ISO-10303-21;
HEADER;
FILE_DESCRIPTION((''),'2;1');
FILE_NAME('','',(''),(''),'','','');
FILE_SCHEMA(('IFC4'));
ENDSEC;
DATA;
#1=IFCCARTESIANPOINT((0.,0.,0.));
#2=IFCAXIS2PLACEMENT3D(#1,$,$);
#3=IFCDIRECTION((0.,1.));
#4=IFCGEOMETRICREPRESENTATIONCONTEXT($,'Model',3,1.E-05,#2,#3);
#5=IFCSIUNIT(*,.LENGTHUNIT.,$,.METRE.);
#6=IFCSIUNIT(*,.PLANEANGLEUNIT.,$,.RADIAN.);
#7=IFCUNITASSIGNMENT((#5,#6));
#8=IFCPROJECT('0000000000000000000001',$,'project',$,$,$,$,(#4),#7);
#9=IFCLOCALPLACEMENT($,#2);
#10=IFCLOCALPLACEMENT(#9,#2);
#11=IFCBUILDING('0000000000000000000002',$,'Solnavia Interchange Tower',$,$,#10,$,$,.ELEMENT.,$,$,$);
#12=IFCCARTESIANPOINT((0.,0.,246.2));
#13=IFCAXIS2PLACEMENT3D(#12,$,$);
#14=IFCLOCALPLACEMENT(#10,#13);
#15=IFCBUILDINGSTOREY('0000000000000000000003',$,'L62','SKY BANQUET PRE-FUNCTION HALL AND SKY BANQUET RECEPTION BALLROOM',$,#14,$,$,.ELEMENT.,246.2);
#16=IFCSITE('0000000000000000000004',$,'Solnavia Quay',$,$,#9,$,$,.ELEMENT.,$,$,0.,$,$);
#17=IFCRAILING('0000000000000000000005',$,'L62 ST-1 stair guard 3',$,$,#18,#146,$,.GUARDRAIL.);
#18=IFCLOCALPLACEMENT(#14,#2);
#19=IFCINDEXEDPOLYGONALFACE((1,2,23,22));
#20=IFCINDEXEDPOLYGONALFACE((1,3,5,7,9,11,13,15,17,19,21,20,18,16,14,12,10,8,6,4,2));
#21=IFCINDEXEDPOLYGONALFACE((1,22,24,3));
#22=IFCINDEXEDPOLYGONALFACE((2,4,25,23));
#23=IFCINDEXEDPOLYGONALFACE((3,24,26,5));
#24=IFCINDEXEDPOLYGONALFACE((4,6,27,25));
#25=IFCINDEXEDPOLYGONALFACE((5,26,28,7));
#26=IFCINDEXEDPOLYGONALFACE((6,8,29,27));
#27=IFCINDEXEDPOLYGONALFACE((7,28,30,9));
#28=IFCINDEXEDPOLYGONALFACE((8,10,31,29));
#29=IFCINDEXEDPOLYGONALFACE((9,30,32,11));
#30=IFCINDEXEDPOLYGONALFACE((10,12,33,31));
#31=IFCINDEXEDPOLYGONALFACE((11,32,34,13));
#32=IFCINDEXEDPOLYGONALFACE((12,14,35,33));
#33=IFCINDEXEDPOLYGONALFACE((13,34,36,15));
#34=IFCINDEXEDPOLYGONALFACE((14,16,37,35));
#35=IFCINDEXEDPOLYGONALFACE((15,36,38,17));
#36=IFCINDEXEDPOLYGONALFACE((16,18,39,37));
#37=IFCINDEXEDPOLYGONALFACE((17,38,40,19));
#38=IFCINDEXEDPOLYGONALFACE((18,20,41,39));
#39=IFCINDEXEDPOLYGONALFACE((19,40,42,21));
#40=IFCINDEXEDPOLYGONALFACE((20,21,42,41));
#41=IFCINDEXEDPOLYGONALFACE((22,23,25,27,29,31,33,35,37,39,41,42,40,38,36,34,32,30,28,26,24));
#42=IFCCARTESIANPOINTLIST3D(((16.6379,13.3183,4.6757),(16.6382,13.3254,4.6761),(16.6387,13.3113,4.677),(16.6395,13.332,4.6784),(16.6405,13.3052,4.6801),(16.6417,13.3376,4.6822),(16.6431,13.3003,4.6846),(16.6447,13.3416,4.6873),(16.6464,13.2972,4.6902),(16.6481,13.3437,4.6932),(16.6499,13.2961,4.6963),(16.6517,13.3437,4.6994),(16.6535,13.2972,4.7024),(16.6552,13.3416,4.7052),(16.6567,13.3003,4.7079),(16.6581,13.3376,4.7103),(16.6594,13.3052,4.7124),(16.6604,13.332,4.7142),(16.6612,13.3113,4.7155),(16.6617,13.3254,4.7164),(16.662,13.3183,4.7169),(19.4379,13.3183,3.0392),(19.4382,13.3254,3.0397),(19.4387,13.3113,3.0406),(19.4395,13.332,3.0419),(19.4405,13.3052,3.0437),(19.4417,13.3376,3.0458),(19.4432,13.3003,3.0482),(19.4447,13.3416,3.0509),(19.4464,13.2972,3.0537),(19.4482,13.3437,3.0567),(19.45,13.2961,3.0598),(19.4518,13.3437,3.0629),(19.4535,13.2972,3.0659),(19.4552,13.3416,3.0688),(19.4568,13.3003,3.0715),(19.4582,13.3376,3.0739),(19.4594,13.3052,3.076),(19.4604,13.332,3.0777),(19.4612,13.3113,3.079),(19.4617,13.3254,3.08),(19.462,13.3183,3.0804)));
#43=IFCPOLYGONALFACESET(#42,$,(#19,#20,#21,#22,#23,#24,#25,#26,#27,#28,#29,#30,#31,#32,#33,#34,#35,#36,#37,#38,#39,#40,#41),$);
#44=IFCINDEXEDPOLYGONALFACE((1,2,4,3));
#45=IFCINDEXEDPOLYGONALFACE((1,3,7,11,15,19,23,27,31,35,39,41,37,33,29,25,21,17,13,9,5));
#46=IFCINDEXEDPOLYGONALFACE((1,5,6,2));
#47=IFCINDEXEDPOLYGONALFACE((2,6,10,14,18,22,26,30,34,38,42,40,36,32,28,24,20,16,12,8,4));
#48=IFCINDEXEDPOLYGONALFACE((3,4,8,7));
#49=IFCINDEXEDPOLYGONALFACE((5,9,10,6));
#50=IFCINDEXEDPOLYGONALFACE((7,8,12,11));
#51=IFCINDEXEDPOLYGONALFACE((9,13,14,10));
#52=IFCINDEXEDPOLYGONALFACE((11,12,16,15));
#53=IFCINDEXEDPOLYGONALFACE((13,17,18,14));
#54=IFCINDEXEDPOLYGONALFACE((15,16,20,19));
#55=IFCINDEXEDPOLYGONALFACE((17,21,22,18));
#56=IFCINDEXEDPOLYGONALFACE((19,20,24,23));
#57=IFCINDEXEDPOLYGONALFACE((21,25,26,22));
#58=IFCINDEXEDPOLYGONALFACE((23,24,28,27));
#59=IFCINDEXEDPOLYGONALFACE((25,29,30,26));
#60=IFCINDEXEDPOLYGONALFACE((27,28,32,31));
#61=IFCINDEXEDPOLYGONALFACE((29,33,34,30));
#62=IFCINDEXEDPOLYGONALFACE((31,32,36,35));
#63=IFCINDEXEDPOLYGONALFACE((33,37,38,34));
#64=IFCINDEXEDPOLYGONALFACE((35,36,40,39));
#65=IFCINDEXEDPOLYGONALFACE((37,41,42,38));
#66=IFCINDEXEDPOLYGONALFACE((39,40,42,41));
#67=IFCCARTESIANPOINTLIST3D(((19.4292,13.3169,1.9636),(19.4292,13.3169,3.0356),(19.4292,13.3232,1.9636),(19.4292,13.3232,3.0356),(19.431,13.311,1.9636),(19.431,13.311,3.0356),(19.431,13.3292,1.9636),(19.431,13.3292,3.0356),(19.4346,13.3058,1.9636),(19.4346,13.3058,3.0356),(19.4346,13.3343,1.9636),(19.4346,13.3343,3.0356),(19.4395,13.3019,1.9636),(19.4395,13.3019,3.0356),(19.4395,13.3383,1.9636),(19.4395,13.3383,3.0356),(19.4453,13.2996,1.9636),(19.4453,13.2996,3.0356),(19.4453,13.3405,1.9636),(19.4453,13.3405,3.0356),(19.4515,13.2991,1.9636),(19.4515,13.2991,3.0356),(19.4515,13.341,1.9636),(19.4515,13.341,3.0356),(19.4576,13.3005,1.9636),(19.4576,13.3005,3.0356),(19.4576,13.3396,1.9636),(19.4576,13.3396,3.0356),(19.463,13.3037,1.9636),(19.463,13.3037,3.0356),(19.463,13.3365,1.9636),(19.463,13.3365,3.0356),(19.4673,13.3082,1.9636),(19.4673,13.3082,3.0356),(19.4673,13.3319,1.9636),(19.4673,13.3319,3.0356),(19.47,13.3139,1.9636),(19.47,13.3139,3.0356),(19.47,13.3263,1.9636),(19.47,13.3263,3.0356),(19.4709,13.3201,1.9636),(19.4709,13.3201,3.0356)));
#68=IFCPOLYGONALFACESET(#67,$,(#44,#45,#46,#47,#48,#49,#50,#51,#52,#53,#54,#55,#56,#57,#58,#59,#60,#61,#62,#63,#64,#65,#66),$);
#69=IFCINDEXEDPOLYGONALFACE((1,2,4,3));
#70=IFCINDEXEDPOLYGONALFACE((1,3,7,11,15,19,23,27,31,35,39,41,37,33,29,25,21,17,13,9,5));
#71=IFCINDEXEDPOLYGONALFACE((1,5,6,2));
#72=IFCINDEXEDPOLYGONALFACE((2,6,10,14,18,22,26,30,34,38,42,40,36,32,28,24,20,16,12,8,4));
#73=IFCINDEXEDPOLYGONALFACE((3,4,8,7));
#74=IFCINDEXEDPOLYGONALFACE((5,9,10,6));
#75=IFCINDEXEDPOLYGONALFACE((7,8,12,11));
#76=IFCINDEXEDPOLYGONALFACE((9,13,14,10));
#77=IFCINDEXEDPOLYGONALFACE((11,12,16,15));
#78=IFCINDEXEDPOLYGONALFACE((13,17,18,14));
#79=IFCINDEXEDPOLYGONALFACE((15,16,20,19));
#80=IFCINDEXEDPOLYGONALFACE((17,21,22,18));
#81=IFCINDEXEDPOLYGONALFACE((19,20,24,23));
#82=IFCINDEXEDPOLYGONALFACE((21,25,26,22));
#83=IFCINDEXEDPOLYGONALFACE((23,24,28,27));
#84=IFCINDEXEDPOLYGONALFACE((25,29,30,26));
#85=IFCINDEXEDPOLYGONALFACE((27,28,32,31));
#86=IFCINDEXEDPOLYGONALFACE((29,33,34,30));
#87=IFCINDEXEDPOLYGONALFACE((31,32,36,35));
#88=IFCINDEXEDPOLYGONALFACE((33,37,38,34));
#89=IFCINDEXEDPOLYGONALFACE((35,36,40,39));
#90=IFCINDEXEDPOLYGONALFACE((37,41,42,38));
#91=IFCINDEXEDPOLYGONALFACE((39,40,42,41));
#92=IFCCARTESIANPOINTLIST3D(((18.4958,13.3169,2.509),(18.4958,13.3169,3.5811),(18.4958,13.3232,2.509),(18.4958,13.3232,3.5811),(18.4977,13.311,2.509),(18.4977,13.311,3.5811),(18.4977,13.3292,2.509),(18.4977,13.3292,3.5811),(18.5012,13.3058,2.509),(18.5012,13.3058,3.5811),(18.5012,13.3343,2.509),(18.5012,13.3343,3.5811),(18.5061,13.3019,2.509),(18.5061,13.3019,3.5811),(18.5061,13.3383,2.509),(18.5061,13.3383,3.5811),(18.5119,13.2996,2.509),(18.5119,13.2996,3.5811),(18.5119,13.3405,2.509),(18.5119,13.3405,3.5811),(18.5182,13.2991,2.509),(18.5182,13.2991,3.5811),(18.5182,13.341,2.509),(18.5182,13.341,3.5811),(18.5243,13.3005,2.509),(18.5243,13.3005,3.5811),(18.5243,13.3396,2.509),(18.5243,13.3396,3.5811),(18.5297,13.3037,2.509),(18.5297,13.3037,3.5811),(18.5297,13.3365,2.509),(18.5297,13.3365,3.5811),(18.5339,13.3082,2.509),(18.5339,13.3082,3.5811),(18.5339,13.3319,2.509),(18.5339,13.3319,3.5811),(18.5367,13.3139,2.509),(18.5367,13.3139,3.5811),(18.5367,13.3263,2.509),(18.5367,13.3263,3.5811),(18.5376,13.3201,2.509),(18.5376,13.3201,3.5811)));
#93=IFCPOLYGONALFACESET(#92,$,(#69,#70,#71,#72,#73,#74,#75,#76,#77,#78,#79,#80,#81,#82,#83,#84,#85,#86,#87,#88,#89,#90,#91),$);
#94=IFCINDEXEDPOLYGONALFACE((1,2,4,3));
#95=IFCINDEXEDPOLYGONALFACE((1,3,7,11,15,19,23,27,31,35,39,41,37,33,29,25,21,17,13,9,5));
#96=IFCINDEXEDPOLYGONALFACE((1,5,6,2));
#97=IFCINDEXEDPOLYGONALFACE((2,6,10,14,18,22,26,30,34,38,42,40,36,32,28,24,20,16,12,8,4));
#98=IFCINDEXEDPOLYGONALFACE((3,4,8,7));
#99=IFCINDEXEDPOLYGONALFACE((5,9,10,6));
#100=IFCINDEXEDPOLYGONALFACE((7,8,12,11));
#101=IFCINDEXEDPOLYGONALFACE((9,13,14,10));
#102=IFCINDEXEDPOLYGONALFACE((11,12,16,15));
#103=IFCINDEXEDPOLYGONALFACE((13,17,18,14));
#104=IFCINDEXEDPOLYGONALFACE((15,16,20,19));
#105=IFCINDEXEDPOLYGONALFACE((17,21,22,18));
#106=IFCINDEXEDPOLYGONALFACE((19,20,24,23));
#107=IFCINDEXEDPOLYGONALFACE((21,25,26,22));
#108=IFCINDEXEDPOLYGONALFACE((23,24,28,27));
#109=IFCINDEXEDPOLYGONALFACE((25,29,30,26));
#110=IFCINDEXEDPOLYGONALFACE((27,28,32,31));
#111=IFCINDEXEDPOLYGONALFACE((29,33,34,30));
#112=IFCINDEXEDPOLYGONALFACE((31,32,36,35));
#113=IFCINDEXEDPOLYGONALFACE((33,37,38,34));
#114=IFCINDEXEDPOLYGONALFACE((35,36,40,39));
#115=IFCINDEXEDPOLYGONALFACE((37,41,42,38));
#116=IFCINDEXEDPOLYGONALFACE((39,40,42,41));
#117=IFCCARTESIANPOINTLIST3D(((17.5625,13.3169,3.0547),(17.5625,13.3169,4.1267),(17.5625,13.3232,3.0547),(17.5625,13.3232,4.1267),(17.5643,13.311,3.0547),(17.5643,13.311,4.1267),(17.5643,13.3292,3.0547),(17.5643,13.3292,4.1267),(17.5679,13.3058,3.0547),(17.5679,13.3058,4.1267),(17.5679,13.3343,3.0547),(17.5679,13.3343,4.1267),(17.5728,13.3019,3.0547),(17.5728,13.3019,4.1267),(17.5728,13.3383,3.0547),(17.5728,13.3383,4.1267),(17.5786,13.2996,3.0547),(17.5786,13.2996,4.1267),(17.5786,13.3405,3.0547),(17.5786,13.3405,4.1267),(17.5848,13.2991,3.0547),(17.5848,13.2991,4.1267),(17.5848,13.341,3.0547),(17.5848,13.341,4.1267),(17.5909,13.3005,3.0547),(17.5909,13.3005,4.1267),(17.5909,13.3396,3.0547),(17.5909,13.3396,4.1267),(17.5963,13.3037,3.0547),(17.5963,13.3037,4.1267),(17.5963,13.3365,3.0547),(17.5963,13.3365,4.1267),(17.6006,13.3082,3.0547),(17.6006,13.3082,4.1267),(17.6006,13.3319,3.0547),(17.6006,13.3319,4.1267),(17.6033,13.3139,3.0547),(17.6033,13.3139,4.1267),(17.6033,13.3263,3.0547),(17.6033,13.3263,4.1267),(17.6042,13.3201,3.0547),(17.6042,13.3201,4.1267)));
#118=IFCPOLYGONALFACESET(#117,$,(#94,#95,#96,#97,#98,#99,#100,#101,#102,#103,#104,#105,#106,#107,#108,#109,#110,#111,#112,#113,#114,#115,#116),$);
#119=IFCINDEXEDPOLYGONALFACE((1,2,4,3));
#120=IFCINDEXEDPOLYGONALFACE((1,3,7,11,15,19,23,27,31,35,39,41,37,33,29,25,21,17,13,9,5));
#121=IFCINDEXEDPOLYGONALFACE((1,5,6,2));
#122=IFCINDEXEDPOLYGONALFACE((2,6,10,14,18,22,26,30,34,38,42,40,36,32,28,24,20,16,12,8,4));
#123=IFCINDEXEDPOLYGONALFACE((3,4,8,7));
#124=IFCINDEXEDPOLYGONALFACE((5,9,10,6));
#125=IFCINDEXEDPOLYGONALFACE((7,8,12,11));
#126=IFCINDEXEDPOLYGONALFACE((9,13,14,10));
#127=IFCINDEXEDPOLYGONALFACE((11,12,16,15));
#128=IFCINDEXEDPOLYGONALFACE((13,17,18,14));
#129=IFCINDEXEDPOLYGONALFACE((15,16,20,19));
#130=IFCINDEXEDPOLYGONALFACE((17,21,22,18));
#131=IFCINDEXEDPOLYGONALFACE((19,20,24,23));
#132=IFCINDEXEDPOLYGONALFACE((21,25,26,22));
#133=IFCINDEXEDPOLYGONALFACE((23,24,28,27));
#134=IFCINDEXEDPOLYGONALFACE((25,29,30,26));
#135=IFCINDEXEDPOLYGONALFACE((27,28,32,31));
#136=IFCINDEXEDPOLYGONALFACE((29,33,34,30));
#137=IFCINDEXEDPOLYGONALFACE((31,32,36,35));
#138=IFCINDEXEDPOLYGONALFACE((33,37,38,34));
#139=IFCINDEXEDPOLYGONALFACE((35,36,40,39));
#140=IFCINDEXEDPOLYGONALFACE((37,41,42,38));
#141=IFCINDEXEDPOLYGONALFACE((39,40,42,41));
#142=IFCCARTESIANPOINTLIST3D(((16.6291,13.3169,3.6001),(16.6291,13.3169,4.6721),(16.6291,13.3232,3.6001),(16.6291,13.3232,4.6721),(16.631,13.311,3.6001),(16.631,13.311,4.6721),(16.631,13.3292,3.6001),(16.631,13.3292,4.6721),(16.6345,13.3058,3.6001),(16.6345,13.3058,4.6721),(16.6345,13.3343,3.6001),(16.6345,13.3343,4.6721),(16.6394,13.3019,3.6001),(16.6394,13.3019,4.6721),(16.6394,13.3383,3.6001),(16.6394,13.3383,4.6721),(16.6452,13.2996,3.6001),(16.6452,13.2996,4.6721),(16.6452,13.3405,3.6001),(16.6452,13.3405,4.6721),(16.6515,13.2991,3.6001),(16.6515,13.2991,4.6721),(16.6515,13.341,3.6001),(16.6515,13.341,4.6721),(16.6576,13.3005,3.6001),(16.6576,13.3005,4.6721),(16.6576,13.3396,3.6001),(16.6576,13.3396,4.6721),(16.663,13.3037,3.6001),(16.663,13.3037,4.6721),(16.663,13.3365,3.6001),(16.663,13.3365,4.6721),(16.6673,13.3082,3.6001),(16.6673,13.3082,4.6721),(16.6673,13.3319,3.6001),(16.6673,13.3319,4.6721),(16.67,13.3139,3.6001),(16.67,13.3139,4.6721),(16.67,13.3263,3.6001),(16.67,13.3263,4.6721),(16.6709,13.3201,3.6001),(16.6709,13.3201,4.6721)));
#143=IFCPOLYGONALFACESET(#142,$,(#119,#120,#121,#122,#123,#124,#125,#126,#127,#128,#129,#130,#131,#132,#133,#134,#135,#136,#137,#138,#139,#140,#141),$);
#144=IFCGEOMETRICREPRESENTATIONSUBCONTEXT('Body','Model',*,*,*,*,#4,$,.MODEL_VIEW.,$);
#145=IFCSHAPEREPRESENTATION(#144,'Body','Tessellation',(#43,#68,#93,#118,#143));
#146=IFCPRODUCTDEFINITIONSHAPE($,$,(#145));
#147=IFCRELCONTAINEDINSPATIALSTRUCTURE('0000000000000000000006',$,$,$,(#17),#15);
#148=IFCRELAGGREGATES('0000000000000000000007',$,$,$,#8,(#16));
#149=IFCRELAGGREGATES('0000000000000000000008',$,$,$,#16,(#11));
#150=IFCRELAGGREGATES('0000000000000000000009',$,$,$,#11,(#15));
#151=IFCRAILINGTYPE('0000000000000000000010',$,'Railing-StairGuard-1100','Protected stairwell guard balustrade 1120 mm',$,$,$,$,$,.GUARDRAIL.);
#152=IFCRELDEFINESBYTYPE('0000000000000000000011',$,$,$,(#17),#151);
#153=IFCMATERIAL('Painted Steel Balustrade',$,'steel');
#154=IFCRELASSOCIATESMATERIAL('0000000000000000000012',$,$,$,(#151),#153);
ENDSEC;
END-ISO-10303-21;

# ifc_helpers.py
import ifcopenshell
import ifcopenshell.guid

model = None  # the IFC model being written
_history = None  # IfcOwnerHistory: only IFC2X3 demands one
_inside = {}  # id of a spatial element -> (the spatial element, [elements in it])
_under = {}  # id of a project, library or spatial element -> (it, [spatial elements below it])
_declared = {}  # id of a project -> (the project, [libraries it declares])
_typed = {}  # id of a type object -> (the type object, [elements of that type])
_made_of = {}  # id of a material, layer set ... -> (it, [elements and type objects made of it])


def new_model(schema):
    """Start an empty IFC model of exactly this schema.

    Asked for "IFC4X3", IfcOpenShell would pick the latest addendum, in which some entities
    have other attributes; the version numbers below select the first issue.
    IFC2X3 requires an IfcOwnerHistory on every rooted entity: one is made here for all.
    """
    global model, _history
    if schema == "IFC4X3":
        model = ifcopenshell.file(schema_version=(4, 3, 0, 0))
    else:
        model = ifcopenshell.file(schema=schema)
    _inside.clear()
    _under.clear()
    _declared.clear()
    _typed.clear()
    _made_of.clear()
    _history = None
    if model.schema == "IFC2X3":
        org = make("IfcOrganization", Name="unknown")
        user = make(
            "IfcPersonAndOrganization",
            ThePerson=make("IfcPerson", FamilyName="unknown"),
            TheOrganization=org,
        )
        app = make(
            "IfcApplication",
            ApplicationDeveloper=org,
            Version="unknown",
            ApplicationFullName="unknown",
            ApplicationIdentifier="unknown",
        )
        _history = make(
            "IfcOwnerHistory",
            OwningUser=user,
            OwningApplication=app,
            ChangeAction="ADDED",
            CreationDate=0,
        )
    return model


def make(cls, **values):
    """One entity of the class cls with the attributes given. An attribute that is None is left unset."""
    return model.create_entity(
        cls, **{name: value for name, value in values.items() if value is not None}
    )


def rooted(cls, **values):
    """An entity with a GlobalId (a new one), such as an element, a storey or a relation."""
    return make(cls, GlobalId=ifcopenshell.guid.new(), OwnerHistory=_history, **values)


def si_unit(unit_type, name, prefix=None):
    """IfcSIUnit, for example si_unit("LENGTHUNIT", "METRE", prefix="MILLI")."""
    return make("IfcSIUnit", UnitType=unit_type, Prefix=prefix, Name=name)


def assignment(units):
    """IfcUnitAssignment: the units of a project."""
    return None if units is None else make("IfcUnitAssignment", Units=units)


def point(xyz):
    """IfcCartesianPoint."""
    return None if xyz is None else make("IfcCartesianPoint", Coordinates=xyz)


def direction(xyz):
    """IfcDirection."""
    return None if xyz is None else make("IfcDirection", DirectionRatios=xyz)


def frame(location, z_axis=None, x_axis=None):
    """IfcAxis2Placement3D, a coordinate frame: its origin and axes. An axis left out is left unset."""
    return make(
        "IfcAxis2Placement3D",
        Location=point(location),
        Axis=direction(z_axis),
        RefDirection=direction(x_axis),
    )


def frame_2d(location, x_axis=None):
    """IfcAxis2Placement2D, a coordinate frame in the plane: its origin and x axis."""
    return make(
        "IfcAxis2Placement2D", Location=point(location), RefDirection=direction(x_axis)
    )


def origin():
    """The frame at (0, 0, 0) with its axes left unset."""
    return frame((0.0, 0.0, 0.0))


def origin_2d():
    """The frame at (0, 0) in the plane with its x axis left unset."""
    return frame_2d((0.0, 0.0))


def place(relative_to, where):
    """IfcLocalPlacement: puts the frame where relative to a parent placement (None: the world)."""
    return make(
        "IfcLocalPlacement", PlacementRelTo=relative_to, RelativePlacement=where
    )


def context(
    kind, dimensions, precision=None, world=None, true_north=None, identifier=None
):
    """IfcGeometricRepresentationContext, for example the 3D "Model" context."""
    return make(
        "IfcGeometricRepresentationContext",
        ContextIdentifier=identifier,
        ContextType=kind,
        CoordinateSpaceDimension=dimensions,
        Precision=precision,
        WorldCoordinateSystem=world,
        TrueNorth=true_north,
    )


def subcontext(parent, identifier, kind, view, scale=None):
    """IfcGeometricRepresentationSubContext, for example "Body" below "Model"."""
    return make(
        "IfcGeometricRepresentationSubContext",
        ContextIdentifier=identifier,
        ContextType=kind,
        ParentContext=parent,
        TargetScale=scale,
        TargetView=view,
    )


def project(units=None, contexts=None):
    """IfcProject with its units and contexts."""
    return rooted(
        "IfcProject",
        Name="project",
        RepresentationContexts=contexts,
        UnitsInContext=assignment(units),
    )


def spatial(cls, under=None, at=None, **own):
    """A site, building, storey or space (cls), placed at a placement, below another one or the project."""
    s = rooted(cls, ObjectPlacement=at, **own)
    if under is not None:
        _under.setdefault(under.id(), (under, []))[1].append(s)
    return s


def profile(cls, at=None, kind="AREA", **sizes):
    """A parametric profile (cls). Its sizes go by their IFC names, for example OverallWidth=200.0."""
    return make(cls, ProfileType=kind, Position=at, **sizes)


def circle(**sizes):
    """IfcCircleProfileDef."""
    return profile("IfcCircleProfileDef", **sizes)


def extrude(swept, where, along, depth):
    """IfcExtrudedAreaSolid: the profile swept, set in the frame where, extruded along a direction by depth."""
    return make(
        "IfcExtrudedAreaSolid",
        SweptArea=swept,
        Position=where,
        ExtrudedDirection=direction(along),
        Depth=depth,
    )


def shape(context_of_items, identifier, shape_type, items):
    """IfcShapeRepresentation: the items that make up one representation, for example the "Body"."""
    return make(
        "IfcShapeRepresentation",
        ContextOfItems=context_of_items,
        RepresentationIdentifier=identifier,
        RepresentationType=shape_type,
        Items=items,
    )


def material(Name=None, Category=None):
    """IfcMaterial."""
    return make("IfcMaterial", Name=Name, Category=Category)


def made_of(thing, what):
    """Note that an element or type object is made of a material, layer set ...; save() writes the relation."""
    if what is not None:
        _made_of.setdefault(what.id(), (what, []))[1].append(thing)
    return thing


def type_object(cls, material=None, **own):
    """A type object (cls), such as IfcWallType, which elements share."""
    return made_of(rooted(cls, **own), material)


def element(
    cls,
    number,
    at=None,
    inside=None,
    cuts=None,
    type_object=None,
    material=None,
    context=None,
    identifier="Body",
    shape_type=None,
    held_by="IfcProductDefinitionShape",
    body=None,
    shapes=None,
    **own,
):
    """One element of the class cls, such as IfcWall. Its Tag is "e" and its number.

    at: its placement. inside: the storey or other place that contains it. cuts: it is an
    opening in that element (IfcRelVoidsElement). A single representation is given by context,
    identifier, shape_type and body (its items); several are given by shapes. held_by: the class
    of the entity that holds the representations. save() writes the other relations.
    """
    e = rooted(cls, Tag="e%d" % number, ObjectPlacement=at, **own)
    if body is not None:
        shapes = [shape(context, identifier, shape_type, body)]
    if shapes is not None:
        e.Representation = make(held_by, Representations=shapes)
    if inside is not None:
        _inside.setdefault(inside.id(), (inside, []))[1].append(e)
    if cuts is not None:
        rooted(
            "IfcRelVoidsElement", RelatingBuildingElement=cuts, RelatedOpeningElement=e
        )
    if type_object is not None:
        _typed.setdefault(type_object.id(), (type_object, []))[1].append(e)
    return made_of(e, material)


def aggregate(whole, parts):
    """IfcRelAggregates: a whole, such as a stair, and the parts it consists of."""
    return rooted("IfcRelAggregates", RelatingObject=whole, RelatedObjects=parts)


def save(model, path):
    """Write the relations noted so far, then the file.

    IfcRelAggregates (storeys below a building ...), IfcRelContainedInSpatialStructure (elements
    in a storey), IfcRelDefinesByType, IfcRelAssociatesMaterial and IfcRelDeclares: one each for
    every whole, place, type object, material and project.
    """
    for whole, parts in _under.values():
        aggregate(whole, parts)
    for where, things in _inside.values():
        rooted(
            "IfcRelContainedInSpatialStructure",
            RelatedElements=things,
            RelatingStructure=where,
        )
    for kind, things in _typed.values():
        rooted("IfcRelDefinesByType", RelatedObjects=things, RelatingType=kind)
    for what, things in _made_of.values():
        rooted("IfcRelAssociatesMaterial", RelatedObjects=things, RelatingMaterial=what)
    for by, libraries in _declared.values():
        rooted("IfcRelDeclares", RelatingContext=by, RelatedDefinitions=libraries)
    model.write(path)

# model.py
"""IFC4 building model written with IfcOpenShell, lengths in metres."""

from ifc_helpers import new_model, si_unit, direction, frame, origin, origin_2d, place, context, subcontext, project, spatial, circle, extrude, material, type_object, element, save


model = new_model("IFC4")

# Units and contexts
model_context = context("Model", 3, precision=1e-05, world=origin(), true_north=direction((0.0, 1.0)))
body_context = subcontext(model_context, "Body", "Model", "MODEL_VIEW")
ifc_project = project(units=[si_unit("LENGTHUNIT", "METRE"), si_unit("PLANEANGLEUNIT", "RADIAN")], contexts=[model_context])

# Site, building, storey
site_placement = place(None, origin())
site = spatial("IfcSite", under=ifc_project, at=site_placement, Name="Solnavia Quay", CompositionType="ELEMENT", RefElevation=0.0)
building_placement = place(site_placement, origin())
building = spatial("IfcBuilding", under=site, at=building_placement, Name="Solnavia Interchange Tower", CompositionType="ELEMENT")
storey_placement = place(building_placement, frame((0.0, 0.0, 246.2)))
storey = spatial("IfcBuildingStorey", under=building, at=storey_placement, Name="L62", Description="SKY BANQUET PRE-FUNCTION HALL AND SKY BANQUET RECEPTION BALLROOM", CompositionType="ELEMENT", Elevation=246.2)

# Railing
ifc_material_1 = material(Name="Painted Steel Balustrade", Category="steel")
railing_type_1 = type_object("IfcRailingType", Name="Railing-StairGuard-1100", Description="Protected stairwell guard balustrade 1120 mm", PredefinedType="GUARDRAIL", material=ifc_material_1)
railing_1_placement = place(storey_placement, frame((19.45, 13.3201, 1.9636)))
element("IfcRailing", 1, at=railing_1_placement, inside=storey, type_object=railing_type_1, Name="L62 ST-1 stair guard 3", PredefinedType="GUARDRAIL", context=body_context, shape_type="SweptSolid", body=[
    extrude(circle(Radius=0.0239, at=origin_2d()), frame((0.0, 0.0, 1.0962), z_axis=(-0.863361, 0.0, 0.504587), x_axis=(0.0, -1.0, 0.0)), (0.0, 0.0, 1.0), 3.2432),
    extrude(circle(Radius=0.021, at=origin_2d()), origin(), (0.0, 0.0, 1.0), 1.072),
    extrude(circle(Radius=0.021, at=origin_2d()), frame((-0.9333, 0.0, 0.5454)), (0.0, 0.0, 1.0), 1.072),
    extrude(circle(Radius=0.021, at=origin_2d()), frame((-1.8667, 0.0, 1.0911)), (0.0, 0.0, 1.0), 1.072),
    extrude(circle(Radius=0.021, at=origin_2d()), frame((-2.8, 0.0, 1.6365)), (0.0, 0.0, 1.0), 1.072),
])

save(model, "model.ifc")
